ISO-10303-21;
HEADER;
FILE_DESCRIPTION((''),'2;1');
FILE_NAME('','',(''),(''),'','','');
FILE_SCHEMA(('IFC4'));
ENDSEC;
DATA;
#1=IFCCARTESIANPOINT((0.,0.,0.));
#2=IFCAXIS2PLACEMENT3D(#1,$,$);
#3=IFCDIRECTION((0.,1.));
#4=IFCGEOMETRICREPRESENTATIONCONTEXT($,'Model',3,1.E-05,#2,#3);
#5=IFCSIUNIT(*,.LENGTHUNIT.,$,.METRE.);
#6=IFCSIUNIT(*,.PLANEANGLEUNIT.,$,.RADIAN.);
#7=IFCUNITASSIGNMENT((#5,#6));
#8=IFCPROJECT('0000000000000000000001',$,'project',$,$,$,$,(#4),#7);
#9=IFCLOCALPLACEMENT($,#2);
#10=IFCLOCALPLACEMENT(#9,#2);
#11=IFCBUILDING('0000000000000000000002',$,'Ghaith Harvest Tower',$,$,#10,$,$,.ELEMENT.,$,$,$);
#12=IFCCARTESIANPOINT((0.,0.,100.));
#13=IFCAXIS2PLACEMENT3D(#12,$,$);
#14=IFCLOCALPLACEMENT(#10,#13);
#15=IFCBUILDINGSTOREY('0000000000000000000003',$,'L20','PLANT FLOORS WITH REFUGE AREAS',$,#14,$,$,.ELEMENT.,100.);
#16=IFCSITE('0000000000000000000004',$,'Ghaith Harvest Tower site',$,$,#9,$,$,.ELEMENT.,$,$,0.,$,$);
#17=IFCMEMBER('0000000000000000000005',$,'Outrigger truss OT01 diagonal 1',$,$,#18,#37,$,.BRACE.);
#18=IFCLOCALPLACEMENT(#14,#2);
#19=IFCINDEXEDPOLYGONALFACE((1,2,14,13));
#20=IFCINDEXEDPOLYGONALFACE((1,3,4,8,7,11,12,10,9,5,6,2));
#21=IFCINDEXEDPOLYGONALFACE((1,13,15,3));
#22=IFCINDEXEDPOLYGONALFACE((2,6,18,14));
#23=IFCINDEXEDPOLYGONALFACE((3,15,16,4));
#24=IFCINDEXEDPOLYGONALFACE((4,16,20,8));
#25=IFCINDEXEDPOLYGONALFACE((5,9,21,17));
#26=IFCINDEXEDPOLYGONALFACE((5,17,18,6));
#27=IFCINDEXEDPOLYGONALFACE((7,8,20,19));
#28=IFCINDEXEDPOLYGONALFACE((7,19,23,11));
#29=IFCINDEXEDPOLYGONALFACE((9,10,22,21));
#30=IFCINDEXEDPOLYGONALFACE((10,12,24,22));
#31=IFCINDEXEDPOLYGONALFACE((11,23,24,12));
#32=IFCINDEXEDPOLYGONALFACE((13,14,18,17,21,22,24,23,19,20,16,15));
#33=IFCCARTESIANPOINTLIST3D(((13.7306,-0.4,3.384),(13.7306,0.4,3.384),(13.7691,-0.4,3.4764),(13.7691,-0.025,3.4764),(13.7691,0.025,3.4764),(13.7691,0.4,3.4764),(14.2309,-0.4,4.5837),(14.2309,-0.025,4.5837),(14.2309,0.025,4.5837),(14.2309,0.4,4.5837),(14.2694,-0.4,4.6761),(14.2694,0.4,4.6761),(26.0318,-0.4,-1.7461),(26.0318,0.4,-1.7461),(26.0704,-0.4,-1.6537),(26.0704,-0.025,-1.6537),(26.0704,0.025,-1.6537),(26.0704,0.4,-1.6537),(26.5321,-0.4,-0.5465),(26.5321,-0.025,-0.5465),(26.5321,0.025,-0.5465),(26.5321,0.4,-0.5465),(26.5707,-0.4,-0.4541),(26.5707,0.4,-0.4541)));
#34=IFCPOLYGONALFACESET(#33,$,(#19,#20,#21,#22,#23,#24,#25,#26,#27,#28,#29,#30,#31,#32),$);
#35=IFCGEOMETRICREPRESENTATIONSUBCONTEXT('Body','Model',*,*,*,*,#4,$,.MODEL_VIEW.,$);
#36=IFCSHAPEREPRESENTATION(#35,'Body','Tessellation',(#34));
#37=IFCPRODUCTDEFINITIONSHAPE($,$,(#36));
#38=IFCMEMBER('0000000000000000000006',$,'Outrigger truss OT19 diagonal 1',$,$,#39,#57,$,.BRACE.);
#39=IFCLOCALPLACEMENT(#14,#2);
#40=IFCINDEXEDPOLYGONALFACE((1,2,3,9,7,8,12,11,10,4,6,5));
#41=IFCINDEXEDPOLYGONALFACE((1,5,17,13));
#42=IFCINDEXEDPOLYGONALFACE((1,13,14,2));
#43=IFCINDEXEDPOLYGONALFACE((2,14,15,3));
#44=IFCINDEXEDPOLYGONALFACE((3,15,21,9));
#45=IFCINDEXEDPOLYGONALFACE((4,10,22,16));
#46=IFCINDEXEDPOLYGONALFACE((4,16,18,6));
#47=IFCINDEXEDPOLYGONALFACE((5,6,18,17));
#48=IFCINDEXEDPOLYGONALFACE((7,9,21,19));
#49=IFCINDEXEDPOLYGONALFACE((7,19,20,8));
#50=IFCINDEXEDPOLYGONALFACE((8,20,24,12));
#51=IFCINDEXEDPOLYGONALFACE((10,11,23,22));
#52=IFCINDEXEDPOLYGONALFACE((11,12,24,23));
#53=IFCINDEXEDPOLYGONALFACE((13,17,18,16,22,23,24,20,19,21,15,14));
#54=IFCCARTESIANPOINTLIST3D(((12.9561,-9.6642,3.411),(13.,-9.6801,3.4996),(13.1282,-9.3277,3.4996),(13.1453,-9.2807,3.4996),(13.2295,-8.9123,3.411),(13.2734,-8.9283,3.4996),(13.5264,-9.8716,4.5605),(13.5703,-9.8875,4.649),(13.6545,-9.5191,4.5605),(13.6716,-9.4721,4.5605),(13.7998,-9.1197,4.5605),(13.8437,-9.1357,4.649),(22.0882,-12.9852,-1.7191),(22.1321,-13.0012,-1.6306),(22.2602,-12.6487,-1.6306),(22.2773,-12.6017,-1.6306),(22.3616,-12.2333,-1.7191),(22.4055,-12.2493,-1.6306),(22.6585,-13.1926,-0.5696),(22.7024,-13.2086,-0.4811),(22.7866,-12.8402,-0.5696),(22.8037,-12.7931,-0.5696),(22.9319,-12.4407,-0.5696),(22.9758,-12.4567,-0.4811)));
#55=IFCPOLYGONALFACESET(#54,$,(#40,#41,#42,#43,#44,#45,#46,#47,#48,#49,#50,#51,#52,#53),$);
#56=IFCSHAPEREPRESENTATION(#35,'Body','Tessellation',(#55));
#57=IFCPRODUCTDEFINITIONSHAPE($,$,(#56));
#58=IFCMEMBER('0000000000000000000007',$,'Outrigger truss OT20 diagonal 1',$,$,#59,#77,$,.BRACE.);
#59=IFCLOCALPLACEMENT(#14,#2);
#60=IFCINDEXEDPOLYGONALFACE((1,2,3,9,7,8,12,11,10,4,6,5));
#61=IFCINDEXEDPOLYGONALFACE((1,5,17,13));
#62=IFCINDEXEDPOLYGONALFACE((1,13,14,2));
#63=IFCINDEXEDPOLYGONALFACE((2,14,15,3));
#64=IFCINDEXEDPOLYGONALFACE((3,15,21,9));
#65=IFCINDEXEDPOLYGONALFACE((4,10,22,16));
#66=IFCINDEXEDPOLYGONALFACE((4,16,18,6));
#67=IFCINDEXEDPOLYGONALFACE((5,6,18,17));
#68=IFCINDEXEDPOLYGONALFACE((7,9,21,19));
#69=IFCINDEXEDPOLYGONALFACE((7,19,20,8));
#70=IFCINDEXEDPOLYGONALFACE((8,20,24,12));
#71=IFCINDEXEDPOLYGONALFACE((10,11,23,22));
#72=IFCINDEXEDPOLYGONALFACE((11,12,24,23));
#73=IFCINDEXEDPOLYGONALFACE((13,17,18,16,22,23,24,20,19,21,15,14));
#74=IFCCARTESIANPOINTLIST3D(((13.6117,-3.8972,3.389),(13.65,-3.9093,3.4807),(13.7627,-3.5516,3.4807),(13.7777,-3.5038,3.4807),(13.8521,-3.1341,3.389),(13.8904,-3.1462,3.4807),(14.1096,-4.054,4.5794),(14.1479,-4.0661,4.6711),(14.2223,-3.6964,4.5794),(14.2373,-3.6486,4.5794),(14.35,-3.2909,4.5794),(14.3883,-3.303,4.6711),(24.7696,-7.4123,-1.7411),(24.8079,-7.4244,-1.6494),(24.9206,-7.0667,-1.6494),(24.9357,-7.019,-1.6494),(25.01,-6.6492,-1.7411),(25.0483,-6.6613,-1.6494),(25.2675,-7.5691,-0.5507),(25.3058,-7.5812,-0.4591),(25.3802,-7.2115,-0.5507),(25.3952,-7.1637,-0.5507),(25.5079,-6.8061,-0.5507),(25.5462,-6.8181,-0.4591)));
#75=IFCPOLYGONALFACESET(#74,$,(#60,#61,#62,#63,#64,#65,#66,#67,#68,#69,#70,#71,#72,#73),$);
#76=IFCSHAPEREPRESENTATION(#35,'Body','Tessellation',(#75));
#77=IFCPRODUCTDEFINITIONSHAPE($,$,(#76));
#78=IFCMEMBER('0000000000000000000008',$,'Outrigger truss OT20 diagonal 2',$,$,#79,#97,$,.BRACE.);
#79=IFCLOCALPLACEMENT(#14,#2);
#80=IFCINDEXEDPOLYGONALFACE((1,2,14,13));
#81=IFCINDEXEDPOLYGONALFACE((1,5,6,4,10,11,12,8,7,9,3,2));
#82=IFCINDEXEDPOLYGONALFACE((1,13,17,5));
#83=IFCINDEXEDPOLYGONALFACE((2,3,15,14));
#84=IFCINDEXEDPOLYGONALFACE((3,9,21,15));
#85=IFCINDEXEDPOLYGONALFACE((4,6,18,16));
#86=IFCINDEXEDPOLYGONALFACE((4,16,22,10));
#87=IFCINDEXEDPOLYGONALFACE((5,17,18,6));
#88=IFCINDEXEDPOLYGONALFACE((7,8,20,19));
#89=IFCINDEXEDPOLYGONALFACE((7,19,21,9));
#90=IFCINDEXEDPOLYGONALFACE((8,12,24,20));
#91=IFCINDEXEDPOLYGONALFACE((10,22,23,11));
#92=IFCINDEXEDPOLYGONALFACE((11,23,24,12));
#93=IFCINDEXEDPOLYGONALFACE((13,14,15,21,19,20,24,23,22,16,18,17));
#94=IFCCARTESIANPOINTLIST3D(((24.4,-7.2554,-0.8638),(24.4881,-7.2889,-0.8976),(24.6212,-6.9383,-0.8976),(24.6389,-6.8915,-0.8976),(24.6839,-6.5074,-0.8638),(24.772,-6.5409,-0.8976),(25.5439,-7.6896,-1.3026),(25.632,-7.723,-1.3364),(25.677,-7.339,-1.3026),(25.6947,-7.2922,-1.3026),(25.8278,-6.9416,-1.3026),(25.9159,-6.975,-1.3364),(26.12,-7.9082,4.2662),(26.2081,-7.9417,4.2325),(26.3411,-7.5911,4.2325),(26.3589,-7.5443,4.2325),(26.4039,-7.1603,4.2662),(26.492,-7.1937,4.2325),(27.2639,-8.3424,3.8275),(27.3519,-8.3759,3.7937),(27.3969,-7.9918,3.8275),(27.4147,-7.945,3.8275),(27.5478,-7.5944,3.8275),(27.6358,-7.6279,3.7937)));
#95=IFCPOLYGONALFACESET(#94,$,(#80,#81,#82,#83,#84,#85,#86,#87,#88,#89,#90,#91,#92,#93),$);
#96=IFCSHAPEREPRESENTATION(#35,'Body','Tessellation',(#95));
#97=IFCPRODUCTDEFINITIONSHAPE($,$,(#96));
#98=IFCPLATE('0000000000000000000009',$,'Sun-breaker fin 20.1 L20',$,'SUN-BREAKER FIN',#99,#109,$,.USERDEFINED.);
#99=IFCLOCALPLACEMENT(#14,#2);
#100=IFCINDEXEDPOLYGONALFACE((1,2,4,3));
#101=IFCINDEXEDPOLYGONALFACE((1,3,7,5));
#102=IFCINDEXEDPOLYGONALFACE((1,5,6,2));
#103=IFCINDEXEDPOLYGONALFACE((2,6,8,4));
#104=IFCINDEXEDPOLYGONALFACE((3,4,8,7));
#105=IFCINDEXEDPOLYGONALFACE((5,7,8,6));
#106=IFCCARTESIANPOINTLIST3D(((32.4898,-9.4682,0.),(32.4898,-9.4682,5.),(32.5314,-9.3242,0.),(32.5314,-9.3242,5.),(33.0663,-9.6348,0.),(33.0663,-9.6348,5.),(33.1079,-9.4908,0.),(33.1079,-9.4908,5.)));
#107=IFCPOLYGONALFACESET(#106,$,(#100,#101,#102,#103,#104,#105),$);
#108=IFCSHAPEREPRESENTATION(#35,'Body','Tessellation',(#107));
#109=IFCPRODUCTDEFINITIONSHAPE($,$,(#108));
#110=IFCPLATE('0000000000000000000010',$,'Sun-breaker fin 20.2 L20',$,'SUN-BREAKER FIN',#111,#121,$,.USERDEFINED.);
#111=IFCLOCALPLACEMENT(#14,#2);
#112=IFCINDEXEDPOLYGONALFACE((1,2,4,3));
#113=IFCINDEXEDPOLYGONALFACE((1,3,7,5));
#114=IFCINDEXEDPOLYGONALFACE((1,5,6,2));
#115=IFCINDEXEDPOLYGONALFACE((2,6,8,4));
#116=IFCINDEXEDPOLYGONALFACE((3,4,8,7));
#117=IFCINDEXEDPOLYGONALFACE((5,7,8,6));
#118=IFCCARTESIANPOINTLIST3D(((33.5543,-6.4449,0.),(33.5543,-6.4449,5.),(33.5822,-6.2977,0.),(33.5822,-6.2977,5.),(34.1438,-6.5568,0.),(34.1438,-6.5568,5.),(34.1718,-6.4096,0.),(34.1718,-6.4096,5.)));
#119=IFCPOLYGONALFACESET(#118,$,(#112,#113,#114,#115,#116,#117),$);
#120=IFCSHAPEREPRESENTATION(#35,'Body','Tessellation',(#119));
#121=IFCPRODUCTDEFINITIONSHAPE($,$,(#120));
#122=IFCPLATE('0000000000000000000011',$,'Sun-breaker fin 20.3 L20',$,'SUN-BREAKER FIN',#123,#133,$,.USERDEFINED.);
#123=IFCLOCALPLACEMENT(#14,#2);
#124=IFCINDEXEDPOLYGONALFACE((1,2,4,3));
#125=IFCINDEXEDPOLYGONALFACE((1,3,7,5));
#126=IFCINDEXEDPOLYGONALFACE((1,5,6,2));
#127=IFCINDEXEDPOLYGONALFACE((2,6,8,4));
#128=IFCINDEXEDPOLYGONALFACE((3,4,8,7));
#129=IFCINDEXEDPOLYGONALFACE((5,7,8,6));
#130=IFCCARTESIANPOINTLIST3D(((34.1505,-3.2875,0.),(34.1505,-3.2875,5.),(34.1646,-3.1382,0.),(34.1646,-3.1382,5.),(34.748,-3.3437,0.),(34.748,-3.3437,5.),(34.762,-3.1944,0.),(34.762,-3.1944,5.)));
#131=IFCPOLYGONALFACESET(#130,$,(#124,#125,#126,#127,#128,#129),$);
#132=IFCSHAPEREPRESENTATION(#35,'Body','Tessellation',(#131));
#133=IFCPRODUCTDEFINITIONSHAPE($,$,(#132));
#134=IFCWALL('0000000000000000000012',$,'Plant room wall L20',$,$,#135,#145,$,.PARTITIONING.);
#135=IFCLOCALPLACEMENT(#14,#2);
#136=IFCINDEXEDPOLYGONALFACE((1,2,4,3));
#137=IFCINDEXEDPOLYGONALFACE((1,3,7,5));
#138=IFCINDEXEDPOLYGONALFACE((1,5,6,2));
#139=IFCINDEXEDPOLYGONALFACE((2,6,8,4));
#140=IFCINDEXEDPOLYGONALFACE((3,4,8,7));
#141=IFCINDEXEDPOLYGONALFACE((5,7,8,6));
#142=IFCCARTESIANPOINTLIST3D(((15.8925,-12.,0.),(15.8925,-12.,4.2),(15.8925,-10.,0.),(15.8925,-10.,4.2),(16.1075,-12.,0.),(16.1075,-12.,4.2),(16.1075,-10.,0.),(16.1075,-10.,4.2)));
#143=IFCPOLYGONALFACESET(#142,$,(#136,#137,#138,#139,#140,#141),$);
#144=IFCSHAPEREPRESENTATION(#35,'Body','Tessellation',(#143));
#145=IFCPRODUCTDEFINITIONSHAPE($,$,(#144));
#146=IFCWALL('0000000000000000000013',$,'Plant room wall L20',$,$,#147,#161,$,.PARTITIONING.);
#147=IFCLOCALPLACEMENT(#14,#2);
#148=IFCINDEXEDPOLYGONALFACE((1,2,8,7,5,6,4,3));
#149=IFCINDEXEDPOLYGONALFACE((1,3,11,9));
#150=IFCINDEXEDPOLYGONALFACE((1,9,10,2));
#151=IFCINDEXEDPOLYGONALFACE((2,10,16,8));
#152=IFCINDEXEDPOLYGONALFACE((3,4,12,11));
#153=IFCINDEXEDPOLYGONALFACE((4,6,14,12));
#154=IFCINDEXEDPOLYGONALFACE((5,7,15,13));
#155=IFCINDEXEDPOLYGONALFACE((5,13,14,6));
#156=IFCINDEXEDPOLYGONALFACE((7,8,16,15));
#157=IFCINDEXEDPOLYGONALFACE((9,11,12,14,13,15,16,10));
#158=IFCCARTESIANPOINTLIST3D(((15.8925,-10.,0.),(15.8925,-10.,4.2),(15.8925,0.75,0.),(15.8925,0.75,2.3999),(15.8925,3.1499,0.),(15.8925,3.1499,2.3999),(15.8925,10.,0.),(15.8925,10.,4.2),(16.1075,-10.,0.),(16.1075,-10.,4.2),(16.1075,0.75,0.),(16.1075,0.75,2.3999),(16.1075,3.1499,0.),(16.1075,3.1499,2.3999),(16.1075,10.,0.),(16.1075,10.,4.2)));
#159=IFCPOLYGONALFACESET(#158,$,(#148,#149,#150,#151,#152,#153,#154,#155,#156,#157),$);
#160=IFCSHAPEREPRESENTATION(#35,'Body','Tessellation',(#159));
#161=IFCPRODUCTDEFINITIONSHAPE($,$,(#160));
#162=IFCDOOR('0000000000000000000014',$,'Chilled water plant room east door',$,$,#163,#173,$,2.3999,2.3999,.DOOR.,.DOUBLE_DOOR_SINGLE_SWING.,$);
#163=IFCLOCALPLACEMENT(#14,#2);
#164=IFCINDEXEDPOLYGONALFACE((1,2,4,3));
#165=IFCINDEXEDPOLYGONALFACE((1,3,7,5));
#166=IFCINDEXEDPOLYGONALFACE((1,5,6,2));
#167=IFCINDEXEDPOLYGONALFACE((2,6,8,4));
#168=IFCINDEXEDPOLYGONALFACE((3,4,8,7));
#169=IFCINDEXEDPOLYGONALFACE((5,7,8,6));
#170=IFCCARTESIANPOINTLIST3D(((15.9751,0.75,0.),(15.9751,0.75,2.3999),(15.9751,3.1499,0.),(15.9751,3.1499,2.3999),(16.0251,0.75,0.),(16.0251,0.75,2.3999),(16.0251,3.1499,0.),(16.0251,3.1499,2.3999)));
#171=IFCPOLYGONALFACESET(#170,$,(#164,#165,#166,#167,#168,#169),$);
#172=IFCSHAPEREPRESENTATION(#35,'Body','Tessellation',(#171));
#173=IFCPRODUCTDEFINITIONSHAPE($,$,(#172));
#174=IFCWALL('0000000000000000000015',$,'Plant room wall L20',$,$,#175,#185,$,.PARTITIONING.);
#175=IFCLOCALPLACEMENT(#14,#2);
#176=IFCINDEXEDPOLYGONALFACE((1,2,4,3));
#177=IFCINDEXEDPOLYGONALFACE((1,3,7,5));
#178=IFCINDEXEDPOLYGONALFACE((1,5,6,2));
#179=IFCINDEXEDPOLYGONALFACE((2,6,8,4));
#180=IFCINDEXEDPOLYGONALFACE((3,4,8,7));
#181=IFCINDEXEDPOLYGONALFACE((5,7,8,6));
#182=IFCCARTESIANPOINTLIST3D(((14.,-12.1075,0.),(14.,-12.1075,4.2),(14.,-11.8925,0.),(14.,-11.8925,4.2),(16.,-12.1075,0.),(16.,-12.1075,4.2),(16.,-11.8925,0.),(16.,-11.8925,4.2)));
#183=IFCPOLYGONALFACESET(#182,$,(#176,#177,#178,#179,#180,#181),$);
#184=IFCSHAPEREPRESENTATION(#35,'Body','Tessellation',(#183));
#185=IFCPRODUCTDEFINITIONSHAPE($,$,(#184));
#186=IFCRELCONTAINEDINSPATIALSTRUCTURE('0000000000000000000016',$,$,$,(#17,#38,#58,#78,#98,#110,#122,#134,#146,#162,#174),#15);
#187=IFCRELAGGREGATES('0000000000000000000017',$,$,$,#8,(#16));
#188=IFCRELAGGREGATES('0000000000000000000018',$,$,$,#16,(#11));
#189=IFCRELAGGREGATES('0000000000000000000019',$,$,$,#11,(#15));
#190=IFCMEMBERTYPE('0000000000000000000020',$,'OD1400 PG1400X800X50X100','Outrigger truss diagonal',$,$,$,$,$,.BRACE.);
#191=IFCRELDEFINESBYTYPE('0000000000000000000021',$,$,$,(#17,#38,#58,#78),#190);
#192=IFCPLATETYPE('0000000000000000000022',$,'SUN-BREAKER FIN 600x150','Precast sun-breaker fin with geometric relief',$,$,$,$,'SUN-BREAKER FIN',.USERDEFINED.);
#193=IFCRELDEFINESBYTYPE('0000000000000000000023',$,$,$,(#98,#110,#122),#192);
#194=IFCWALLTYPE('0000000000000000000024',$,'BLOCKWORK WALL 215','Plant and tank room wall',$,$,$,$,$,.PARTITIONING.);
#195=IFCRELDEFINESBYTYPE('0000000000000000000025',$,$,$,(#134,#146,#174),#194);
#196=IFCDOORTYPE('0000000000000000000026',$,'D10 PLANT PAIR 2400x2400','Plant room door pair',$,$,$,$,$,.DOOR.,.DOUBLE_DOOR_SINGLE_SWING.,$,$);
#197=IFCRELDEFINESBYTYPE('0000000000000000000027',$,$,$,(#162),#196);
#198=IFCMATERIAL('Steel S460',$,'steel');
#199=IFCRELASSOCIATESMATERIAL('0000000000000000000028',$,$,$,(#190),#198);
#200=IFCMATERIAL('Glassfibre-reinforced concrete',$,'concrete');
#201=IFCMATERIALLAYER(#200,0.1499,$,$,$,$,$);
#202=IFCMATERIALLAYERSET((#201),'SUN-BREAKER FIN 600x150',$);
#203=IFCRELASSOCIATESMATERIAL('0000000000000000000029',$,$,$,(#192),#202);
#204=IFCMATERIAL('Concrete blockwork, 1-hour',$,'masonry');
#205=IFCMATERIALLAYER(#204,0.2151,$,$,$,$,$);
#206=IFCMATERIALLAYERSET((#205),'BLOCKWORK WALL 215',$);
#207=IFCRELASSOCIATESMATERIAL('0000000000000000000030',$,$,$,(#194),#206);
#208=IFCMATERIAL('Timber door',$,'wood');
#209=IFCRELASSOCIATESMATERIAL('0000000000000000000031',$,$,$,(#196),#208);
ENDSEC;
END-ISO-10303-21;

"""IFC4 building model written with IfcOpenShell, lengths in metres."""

from ifc_helpers import new_model, si_unit, direction, frame, frame_2d, origin, origin_2d, place, context, subcontext, project, spatial, rectangle, i_section, extrude, material, layer, layer_set, material_profile, profile_set, type_object, element, fill, save


model = new_model("IFC4")

# Units and contexts
model_context = context("Model", 3, precision=1e-05, world=origin(), true_north=direction((0.0, 1.0)))
body_context = subcontext(model_context, "Body", "Model", "MODEL_VIEW")
ifc_project = project(units=[si_unit("LENGTHUNIT", "METRE"), si_unit("PLANEANGLEUNIT", "RADIAN")], contexts=[model_context])

# Site, building, storey
site_placement = place(None, origin())
site = spatial("IfcSite", under=ifc_project, at=site_placement, Name="Ghaith Harvest Tower site", CompositionType="ELEMENT", RefElevation=0.0)
building_placement = place(site_placement, origin())
building = spatial("IfcBuilding", under=site, at=building_placement, Name="Ghaith Harvest Tower", CompositionType="ELEMENT")
storey_placement = place(building_placement, frame((0.0, 0.0, 100.0)))
storey = spatial("IfcBuildingStorey", under=building, at=storey_placement, Name="L20", Description="PLANT FLOORS WITH REFUGE AREAS", CompositionType="ELEMENT", Elevation=100.0)

# Members
ifc_material_1 = material(Name="Steel S460", Category="steel")
ifc_material_profile_1 = material_profile(ifc_material_1, i_section(OverallWidth=0.8, OverallDepth=1.3999, WebThickness=0.05, FlangeThickness=0.1001, at=origin_2d()), Name="PG1400X800X50X100")
ifc_profile_set_1 = profile_set([ifc_material_profile_1], Name="Steel S460")
member_type_1 = type_object("IfcMemberType", Name="OD1400 PG1400X800X50X100", Description="Outrigger truss diagonal", PredefinedType="BRACE", material=ifc_profile_set_1)
member_1_placement = place(storey_placement, frame((14.0, 0.0, 4.03), z_axis=(0.922954, 0.0, -0.384909), x_axis=(0.0, 1.0, 0.0)))
element("IfcMember", 1, at=member_1_placement, inside=storey, type_object=member_type_1, Name="Outrigger truss OT01 diagonal 1", PredefinedType="BRACE", context=body_context, shape_type="SweptSolid", body=[
    extrude(i_section(OverallWidth=0.8, OverallDepth=1.3999, WebThickness=0.05, FlangeThickness=0.1001, at=origin_2d()), origin(), (0.0, 0.0, 1.0), 13.3281),
])
member_2_placement = place(storey_placement, frame((13.3999, -9.3999, 4.03), z_axis=(0.831074, -0.302235, -0.466872), x_axis=(0.341769, 0.939784, 0.0)))
element("IfcMember", 2, at=member_2_placement, inside=storey, type_object=member_type_1, Name="Outrigger truss OT19 diagonal 1", PredefinedType="BRACE", context=body_context, shape_type="SweptSolid", body=[
    extrude(i_section(OverallWidth=0.8, OverallDepth=1.3999, WebThickness=0.05, FlangeThickness=0.1001, at=origin_2d()), origin(), (0.0, 0.0, 1.0), 10.9883),
])
member_3_placement = place(storey_placement, frame((14.0, -3.6001, 4.03), z_axis=(0.873492, -0.27518, -0.401608), x_axis=(0.300476, 0.953789, 0.0)))
element("IfcMember", 3, at=member_3_placement, inside=storey, type_object=member_type_1, Name="Outrigger truss OT20 diagonal 1", PredefinedType="BRACE", context=body_context, shape_type="SweptSolid", body=[
    extrude(i_section(OverallWidth=0.8, OverallDepth=1.3999, WebThickness=0.05, FlangeThickness=0.1001, at=origin_2d()), origin(), (0.0, 0.0, 1.0), 12.7739),
])
member_4_placement = place(storey_placement, frame((25.158, -7.1152, -1.1001), z_axis=(0.31559, -0.119785, 0.941305), x_axis=(0.354858, 0.93492, 0.0)))
element("IfcMember", 4, at=member_4_placement, inside=storey, type_object=member_type_1, Name="Outrigger truss OT20 diagonal 2", PredefinedType="BRACE", context=body_context, shape_type="SweptSolid", body=[
    extrude(i_section(OverallWidth=0.8, OverallDepth=1.3999, WebThickness=0.05, FlangeThickness=0.1001, at=origin_2d()), origin(), (0.0, 0.0, 1.0), 5.45),
])

# Plates
ifc_material_2 = material(Name="Glassfibre-reinforced concrete", Category="concrete")
ifc_layer_1 = layer(ifc_material_2, 0.1499)
ifc_layer_set_1 = layer_set([ifc_layer_1], Name="SUN-BREAKER FIN 600x150")
plate_type = type_object("IfcPlateType", Name="SUN-BREAKER FIN 600x150", Description="Precast sun-breaker fin with geometric relief", ElementType="SUN-BREAKER FIN", PredefinedType="USERDEFINED", material=ifc_layer_set_1)
for number, where, z_axis, x_axis, name in (
    (5, (32.7988, -9.4795, 0.0), (0.0, 0.0, 1.0), (0.96068, -0.277657, 0.0), "Sun-breaker fin 20.1 L20"),
    (6, (33.863, -6.4272, 0.0), (0.0, 0.0, 1.0), (0.98246, -0.186471, 0.0), "Sun-breaker fin 20.2 L20"),
    (7, (34.4563, -3.241, 0.0), (0.0, 0.0, 1.0), (0.995605, -0.093647, 0.0), "Sun-breaker fin 20.3 L20"),
):
    element("IfcPlate", number, at=place(storey_placement, frame(where, z_axis=z_axis, x_axis=x_axis)), inside=storey, type_object=plate_type, Name=name, ObjectType="SUN-BREAKER FIN", PredefinedType="USERDEFINED", context=body_context, shape_type="SweptSolid", body=[
        extrude(rectangle(XDim=0.6001, YDim=0.1499, at=origin_2d()), origin(), (0.0, 0.0, 1.0), 5.0),
    ])

# Wall
ifc_material_3 = material(Name="Concrete blockwork, 1-hour", Category="masonry")
ifc_layer_2 = layer(ifc_material_3, 0.2151)
ifc_layer_set_2 = layer_set([ifc_layer_2], Name="BLOCKWORK WALL 215")
wall_type_1 = type_object("IfcWallType", Name="BLOCKWORK WALL 215", Description="Plant and tank room wall", PredefinedType="PARTITIONING", material=ifc_layer_set_2)
wall_1_placement = place(storey_placement, frame((16.0, -12.0, 0.0), z_axis=(0.0, 0.0, 1.0), x_axis=(0.0, 1.0, 0.0)))
element("IfcWall", 8, at=wall_1_placement, inside=storey, type_object=wall_type_1, Name="Plant room wall L20", PredefinedType="PARTITIONING", context=body_context, shape_type="SweptSolid", body=[
    extrude(rectangle(XDim=2.0, YDim=0.2151, at=frame_2d((1.0, 0.0))), origin(), (0.0, 0.0, 1.0), 4.2),
])

# Wall, opening, door
wall_2_placement = place(storey_placement, frame((16.0, -10.0, 0.0), z_axis=(0.0, 0.0, 1.0), x_axis=(0.0, 1.0, 0.0)))
wall_2 = element("IfcWall", 9, at=wall_2_placement, inside=storey, type_object=wall_type_1, Name="Plant room wall L20", PredefinedType="PARTITIONING", context=body_context, shape_type="SweptSolid", body=[
    extrude(rectangle(XDim=20.0, YDim=0.2151, at=frame_2d((10.0, 0.0))), origin(), (0.0, 0.0, 1.0), 4.2),
])
opening_1_placement = place(wall_2_placement, frame((10.75, 0.0, 0.0)))
opening_1 = element("IfcOpeningElement", 10, at=opening_1_placement, cuts=wall_2, PredefinedType="OPENING", context=body_context, shape_type="SweptSolid", body=[
    extrude(rectangle(XDim=2.3999, YDim=2.3999, at=frame_2d((1.2, 1.2))), frame((0.0, 0.1177, 0.0), z_axis=(0.0, -1.0, 0.0), x_axis=(1.0, 0.0, 0.0)), (0.0, 0.0, 1.0), 0.2351),
])
ifc_material_4 = material(Name="Timber door", Category="wood")
door_type_1 = type_object("IfcDoorType", Name="D10 PLANT PAIR 2400x2400", Description="Plant room door pair", OperationType="DOUBLE_DOOR_SINGLE_SWING", PredefinedType="DOOR", material=ifc_material_4)
door_1_placement = place(opening_1_placement, origin())
door_1 = element("IfcDoor", 11, at=door_1_placement, inside=storey, type_object=door_type_1, Name="Chilled water plant room east door", OperationType="DOUBLE_DOOR_SINGLE_SWING", OverallHeight=2.3999, OverallWidth=2.3999, PredefinedType="DOOR", context=body_context, shape_type="SweptSolid", body=[
    extrude(rectangle(XDim=2.3999, YDim=2.3999, at=frame_2d((1.2, 1.2))), frame((0.0, 0.0249, 0.0), z_axis=(0.0, -1.0, 0.0), x_axis=(1.0, 0.0, 0.0)), (0.0, 0.0, 1.0), 0.05),
])
fill(opening_1, door_1)

# Wall
wall_3_placement = place(storey_placement, frame((14.0, -12.0, 0.0), z_axis=(0.0, 0.0, 1.0), x_axis=(1.0, 0.0, 0.0)))
element("IfcWall", 12, at=wall_3_placement, inside=storey, type_object=wall_type_1, Name="Plant room wall L20", PredefinedType="PARTITIONING", context=body_context, shape_type="SweptSolid", body=[
    extrude(rectangle(XDim=2.0, YDim=0.2151, at=frame_2d((1.0, 0.0))), origin(), (0.0, 0.0, 1.0), 4.2),
])

save(model, "model.ifc")
